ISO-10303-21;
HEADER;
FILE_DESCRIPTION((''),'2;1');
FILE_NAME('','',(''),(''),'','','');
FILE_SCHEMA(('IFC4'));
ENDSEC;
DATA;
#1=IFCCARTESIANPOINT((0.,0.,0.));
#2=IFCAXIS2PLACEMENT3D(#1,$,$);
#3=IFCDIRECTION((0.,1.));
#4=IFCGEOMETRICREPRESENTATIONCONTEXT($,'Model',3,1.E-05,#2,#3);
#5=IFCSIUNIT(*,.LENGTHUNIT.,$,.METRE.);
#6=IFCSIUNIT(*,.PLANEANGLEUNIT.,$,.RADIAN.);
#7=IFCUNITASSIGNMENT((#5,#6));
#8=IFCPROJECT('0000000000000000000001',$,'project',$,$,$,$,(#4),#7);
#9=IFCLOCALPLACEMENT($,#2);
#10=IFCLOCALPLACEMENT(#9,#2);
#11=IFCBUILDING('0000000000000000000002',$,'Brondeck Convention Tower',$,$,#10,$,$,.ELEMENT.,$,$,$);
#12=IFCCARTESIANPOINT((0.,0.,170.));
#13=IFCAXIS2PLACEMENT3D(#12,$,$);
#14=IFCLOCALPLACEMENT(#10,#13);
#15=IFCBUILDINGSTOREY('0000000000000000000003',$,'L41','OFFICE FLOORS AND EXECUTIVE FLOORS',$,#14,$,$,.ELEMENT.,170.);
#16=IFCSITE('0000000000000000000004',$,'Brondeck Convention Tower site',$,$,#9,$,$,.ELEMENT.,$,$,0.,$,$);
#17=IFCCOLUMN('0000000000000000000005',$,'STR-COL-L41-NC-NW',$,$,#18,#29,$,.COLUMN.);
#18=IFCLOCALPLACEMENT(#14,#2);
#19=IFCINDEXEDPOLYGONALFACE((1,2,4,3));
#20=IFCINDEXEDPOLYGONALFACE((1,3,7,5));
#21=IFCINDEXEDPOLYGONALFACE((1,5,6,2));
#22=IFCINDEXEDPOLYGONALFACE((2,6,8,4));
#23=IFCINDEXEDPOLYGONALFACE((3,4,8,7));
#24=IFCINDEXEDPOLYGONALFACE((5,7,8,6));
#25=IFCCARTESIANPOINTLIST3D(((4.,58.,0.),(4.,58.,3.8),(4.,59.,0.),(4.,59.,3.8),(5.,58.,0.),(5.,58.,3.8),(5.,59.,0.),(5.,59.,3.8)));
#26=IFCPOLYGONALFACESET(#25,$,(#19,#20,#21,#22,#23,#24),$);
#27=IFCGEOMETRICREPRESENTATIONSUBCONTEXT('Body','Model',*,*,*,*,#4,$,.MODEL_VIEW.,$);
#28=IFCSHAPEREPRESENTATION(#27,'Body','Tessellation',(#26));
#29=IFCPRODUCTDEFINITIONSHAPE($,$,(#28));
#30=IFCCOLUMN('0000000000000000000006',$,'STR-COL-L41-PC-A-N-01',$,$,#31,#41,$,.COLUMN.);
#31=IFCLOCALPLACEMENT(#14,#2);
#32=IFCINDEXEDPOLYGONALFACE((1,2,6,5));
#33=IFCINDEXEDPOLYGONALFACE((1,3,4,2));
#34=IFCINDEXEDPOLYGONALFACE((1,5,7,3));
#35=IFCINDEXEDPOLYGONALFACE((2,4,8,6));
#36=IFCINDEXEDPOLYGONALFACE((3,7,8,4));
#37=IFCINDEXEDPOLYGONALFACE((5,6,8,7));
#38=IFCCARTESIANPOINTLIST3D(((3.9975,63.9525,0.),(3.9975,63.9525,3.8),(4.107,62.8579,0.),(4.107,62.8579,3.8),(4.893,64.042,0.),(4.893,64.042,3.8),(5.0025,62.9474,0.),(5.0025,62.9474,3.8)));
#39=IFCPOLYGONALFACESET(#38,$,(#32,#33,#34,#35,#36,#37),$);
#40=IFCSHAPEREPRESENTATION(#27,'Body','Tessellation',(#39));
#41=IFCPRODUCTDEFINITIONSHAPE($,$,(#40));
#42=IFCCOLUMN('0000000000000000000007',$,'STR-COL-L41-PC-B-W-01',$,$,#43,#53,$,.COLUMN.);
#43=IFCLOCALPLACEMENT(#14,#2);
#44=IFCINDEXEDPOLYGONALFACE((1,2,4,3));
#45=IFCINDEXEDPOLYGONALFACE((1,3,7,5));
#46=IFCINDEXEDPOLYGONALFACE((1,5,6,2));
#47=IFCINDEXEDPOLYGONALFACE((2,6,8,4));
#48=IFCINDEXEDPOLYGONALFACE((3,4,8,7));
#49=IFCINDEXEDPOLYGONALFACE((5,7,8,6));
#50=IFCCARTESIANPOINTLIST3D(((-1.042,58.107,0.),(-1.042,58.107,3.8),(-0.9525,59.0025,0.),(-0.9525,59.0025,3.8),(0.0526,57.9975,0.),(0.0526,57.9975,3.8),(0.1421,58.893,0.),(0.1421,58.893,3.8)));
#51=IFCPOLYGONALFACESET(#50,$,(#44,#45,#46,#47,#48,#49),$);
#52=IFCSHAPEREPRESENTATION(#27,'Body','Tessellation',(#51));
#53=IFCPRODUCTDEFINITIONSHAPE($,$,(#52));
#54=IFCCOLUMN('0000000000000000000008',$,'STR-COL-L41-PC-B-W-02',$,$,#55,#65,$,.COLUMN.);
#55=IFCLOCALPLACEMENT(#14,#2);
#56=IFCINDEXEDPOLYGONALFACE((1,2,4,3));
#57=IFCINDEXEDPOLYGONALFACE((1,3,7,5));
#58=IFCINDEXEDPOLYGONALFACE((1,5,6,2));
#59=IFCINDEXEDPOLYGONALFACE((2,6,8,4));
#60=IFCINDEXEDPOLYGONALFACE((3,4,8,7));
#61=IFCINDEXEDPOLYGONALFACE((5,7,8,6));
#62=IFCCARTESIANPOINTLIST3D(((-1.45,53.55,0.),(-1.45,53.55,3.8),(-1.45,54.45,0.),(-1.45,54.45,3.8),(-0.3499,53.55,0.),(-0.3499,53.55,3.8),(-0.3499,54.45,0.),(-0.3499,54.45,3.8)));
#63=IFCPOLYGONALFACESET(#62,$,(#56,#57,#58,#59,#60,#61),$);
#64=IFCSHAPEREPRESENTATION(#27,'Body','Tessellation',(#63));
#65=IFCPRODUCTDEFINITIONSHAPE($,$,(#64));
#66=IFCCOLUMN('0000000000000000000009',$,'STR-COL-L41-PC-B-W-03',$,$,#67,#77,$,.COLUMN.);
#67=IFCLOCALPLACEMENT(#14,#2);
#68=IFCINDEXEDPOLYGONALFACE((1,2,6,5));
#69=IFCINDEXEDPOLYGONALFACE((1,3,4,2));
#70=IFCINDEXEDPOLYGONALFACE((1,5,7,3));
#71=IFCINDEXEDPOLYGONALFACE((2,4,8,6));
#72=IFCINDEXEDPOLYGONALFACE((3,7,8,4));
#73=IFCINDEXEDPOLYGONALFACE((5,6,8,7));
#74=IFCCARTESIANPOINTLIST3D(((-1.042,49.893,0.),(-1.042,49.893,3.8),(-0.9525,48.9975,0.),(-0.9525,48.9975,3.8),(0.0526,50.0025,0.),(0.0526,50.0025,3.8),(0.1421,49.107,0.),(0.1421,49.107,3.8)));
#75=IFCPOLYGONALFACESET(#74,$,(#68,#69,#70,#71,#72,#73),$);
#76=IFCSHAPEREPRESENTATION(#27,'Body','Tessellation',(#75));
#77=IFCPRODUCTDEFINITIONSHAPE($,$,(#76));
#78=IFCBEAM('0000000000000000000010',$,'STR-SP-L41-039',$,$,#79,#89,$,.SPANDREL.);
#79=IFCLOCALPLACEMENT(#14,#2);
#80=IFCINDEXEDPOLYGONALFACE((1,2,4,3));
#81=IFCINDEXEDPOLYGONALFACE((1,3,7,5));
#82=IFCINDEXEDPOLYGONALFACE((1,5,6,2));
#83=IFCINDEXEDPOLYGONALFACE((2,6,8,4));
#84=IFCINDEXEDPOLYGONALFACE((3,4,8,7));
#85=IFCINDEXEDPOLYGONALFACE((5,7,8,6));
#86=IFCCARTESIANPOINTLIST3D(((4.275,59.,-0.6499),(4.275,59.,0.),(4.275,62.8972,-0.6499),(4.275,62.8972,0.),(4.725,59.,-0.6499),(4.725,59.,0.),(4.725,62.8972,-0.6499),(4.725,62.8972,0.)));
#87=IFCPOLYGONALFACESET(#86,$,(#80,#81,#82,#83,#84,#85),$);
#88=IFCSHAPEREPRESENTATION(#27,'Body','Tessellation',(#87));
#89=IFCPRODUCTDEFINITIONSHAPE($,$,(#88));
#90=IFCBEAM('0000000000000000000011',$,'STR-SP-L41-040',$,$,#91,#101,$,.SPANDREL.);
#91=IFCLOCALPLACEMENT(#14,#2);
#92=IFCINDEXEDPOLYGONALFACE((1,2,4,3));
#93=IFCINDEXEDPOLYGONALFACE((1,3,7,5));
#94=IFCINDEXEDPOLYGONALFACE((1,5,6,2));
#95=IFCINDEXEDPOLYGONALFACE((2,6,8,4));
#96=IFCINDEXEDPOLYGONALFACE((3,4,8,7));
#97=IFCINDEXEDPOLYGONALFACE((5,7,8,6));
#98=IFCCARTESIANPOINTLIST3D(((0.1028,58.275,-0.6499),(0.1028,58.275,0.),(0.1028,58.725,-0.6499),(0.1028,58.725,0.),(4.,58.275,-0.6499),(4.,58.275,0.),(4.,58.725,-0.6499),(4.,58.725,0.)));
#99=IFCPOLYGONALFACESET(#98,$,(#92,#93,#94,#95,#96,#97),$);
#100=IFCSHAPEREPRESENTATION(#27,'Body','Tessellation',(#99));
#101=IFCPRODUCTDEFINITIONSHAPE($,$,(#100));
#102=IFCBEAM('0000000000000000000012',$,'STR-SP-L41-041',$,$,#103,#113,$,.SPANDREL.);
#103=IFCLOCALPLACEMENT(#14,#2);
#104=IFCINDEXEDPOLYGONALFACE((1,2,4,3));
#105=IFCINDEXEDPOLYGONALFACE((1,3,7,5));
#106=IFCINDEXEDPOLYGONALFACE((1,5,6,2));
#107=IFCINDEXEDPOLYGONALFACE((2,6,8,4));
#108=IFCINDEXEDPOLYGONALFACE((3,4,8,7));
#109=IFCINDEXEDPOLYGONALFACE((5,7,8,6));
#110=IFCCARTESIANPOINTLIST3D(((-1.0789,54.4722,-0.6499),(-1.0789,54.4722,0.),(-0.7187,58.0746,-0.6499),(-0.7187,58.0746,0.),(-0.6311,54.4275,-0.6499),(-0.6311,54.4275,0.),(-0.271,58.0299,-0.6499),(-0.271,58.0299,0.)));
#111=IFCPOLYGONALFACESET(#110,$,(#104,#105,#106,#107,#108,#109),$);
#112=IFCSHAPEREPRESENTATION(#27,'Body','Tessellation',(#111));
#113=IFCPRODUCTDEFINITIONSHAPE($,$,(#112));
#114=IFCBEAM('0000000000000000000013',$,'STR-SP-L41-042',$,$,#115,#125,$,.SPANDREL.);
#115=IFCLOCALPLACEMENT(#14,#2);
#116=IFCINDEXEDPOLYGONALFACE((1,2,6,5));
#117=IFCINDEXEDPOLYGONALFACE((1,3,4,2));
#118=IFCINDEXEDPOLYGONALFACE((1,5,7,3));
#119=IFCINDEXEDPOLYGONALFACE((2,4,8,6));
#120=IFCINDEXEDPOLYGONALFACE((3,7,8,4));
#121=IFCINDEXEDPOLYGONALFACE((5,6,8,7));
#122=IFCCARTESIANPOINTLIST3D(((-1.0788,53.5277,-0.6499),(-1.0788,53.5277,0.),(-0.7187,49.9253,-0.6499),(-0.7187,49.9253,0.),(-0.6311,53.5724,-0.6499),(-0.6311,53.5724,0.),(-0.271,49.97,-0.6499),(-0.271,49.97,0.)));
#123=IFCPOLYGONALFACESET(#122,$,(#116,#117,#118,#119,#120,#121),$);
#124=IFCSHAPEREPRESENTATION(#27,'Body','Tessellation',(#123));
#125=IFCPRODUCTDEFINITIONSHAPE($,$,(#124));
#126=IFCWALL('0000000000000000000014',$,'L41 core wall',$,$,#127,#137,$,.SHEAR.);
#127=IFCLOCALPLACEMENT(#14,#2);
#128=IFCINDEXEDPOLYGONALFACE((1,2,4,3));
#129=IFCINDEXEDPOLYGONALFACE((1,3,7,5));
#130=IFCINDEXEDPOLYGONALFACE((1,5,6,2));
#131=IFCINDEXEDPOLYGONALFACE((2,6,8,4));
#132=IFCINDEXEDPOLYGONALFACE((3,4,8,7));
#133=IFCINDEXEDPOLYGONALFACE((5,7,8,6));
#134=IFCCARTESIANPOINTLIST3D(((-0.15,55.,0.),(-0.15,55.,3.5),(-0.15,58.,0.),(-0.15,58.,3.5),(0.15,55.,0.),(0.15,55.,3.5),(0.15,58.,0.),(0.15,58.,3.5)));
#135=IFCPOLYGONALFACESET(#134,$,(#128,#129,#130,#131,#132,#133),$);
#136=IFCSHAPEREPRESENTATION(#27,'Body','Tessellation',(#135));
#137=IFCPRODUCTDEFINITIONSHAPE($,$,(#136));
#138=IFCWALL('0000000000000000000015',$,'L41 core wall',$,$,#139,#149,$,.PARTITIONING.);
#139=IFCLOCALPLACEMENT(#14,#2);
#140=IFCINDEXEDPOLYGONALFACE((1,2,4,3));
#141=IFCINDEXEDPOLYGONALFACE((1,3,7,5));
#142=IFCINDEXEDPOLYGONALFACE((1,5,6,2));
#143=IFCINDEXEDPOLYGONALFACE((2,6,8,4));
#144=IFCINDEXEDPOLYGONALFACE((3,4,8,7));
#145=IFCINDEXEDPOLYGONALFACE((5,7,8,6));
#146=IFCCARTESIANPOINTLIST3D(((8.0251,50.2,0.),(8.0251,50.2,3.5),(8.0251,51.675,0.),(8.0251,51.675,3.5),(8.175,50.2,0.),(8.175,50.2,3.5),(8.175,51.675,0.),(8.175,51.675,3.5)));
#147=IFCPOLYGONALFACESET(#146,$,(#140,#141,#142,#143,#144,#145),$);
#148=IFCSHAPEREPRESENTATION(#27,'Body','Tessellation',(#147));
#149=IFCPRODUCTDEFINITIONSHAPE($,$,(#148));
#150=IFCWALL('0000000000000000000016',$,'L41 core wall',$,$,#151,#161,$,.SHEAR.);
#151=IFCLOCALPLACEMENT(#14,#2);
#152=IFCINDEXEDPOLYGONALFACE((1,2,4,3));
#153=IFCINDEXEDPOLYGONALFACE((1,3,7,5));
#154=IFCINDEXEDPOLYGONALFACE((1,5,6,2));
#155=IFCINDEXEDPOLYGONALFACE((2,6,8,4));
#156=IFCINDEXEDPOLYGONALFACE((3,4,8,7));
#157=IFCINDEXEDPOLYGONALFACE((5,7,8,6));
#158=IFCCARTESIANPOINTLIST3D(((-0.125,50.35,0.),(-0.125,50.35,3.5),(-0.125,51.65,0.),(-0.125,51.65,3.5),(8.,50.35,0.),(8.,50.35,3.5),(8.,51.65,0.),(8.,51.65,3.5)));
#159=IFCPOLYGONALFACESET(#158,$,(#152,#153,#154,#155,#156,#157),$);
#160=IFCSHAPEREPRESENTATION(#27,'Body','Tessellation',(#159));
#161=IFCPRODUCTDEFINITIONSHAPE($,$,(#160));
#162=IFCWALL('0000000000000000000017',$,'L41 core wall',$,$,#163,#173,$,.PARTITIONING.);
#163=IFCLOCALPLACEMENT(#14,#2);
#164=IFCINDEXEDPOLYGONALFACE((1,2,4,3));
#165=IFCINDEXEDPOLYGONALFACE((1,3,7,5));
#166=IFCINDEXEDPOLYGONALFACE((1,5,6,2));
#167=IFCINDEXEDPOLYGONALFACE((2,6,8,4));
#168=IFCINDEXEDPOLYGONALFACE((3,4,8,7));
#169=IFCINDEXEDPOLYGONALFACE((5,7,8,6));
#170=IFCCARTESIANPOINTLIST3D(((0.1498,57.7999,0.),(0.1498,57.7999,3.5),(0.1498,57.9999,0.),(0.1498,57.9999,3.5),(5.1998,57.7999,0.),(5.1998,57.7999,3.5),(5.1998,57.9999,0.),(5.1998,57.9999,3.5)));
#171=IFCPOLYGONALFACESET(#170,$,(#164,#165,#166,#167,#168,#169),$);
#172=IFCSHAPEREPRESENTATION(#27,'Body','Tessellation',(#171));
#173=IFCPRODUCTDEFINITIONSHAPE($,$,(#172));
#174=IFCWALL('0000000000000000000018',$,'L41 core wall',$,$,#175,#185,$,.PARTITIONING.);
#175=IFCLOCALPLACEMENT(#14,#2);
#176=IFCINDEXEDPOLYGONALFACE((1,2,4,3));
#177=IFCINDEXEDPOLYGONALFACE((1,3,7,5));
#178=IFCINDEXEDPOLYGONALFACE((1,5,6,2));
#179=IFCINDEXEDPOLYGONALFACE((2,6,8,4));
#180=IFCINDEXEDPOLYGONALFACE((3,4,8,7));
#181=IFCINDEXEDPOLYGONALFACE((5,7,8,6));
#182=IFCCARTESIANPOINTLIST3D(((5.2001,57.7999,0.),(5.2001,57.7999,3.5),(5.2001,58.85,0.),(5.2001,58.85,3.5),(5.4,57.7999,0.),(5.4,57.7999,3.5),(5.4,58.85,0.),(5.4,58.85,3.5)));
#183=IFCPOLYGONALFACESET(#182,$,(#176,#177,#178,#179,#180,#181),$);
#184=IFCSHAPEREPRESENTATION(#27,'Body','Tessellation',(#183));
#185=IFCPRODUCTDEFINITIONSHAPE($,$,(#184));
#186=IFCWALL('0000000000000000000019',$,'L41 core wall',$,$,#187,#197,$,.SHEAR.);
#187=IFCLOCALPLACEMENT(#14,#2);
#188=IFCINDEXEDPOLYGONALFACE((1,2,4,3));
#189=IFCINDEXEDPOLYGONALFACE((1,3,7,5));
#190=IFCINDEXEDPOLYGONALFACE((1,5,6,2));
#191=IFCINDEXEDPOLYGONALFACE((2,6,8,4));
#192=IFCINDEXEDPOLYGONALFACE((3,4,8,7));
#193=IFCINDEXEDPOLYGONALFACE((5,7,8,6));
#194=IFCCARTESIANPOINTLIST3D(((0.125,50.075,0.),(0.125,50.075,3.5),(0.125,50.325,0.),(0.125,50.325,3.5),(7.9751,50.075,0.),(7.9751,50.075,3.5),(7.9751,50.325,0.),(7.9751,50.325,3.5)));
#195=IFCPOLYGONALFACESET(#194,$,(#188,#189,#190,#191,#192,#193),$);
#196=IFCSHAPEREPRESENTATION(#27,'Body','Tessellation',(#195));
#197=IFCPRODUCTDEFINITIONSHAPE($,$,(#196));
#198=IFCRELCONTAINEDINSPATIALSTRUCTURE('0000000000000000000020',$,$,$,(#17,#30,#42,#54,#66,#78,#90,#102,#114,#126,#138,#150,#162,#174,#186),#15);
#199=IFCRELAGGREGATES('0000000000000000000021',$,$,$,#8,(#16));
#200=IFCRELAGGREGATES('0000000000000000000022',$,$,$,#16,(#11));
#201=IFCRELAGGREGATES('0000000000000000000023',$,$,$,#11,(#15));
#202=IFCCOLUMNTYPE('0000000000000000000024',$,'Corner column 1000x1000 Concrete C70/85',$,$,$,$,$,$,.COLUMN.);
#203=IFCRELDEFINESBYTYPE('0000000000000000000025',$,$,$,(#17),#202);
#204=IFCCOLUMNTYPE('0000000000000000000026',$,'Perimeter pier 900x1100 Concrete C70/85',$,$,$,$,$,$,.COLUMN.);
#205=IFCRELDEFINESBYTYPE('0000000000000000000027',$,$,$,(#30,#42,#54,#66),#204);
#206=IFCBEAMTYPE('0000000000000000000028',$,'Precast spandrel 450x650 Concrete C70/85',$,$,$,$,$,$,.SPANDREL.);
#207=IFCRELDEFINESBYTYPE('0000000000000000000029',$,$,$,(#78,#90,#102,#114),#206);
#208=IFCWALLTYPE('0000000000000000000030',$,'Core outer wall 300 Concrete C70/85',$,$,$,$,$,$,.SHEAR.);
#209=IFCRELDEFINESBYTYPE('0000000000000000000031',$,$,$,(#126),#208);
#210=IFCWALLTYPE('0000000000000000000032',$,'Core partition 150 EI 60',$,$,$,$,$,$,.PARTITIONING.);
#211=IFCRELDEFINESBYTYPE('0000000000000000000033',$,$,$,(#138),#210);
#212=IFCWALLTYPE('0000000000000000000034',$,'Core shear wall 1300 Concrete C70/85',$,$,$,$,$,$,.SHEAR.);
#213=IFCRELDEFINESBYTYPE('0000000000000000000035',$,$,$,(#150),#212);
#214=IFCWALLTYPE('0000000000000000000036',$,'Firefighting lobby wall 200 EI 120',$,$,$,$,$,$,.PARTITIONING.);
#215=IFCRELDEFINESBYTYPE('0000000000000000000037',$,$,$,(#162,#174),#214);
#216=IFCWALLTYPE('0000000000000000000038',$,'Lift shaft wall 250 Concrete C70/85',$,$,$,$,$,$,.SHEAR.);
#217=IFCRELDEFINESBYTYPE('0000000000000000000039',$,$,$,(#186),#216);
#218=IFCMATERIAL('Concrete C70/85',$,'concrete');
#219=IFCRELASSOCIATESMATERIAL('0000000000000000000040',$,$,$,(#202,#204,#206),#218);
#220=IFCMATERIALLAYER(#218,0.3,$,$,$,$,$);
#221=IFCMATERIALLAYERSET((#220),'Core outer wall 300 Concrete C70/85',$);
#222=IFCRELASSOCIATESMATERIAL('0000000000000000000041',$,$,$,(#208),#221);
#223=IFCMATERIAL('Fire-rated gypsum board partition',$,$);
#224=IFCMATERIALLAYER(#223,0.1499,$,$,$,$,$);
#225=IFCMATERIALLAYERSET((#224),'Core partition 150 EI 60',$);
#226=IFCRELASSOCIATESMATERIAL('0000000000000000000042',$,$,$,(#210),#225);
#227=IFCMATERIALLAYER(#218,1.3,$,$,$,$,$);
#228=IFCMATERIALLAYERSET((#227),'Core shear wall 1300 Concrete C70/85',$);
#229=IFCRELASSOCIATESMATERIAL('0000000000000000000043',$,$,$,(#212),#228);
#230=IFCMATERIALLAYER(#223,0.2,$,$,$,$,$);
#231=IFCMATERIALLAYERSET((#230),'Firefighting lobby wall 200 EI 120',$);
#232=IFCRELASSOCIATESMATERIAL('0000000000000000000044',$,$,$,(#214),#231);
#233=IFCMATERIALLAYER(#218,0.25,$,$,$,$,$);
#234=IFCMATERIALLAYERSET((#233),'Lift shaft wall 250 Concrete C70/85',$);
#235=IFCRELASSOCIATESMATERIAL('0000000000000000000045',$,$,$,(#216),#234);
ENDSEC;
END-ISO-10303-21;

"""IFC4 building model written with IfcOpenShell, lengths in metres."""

from ifc_helpers import new_model, si_unit, direction, frame, frame_2d, origin, origin_2d, place, context, subcontext, project, spatial, rectangle, extrude, material, layer, layer_set, material_profile, profile_set, type_object, element, save


model = new_model("IFC4")

# Units and contexts
model_context = context("Model", 3, precision=1e-05, world=origin(), true_north=direction((0.0, 1.0)))
body_context = subcontext(model_context, "Body", "Model", "MODEL_VIEW")
ifc_project = project(units=[si_unit("LENGTHUNIT", "METRE"), si_unit("PLANEANGLEUNIT", "RADIAN")], contexts=[model_context])

# Site, building, storey
site_placement = place(None, origin())
site = spatial("IfcSite", under=ifc_project, at=site_placement, Name="Brondeck Convention Tower site", CompositionType="ELEMENT", RefElevation=0.0)
building_placement = place(site_placement, origin())
building = spatial("IfcBuilding", under=site, at=building_placement, Name="Brondeck Convention Tower", CompositionType="ELEMENT")
storey_placement = place(building_placement, frame((0.0, 0.0, 170.0)))
storey = spatial("IfcBuildingStorey", under=building, at=storey_placement, Name="L41", Description="OFFICE FLOORS AND EXECUTIVE FLOORS", CompositionType="ELEMENT", Elevation=170.0)

# Columns
ifc_material_1 = material(Name="Concrete C70/85", Category="concrete")
ifc_material_profile_1 = material_profile(ifc_material_1, rectangle(XDim=1.0, YDim=1.0, at=origin_2d()), Name="Corner column 1000x1000 Concrete C70/85")
ifc_profile_set_1 = profile_set([ifc_material_profile_1], Name="Concrete C70/85")
column_type_1 = type_object("IfcColumnType", Name="Corner column 1000x1000 Concrete C70/85", PredefinedType="COLUMN", material=ifc_profile_set_1)
column_placement = place(storey_placement, frame((4.5, 58.5, 0.0), z_axis=(0.0, 0.0, 1.0), x_axis=(1.0, 0.0, 0.0)))
element("IfcColumn", 1, at=column_placement, inside=storey, type_object=column_type_1, Name="STR-COL-L41-NC-NW", PredefinedType="COLUMN", context=body_context, shape_type="SweptSolid", body=[
    extrude(rectangle(XDim=1.0, YDim=1.0, at=origin_2d()), origin(), (0.0, 0.0, 1.0), 3.8),
])
ifc_material_profile_2 = material_profile(ifc_material_1, rectangle(XDim=0.8999, YDim=1.1001, at=origin_2d()), Name="Perimeter pier 900x1100 Concrete C70/85")
ifc_profile_set_2 = profile_set([ifc_material_profile_2], Name="Concrete C70/85")
column_type_2 = type_object("IfcColumnType", Name="Perimeter pier 900x1100 Concrete C70/85", PredefinedType="COLUMN", material=ifc_profile_set_2)
for number, where, z_axis, x_axis, name in (
    (2, (4.5, 63.45, 0.0), (0.0, 0.0, 1.0), (-0.995037, -0.099504, 0.0), "STR-COL-L41-PC-A-N-01"),
    (3, (-0.45, 58.5, 0.0), (0.0, 0.0, 1.0), (-0.099504, -0.995037, 0.0), "STR-COL-L41-PC-B-W-01"),
    (4, (-0.8999, 54.0, 0.0), (0.0, 0.0, 1.0), (0.0, -1.0, 0.0), "STR-COL-L41-PC-B-W-02"),
    (5, (-0.45, 49.5, 0.0), (0.0, 0.0, 1.0), (0.099504, -0.995037, 0.0), "STR-COL-L41-PC-B-W-03"),
):
    element("IfcColumn", number, at=place(storey_placement, frame(where, z_axis=z_axis, x_axis=x_axis)), inside=storey, type_object=column_type_2, Name=name, PredefinedType="COLUMN", context=body_context, shape_type="SweptSolid", body=[
        extrude(rectangle(XDim=0.8999, YDim=1.1001, at=origin_2d()), origin(), (0.0, 0.0, 1.0), 3.8),
    ])

# Beams
ifc_material_profile_3 = material_profile(ifc_material_1, rectangle(XDim=0.45, YDim=0.6499, at=origin_2d()), Name="Precast spandrel 450x650 Concrete C70/85")
ifc_profile_set_3 = profile_set([ifc_material_profile_3], Name="Concrete C70/85")
beam_type = type_object("IfcBeamType", Name="Precast spandrel 450x650 Concrete C70/85", PredefinedType="SPANDREL", material=ifc_profile_set_3)
for number, where, z_axis, x_axis, name in (
    (6, (4.5, 62.8972, -0.325), (0.0, -1.0, 0.0), (1.0, 0.0, 0.0), "STR-SP-L41-039"),
    (7, (4.0, 58.5, -0.325), (-1.0, 0.0, 0.0), (0.0, -1.0, 0.0), "STR-SP-L41-040"),
):
    element("IfcBeam", number, at=place(storey_placement, frame(where, z_axis=z_axis, x_axis=x_axis)), inside=storey, type_object=beam_type, Name=name, PredefinedType="SPANDREL", context=body_context, shape_type="SweptSolid", body=[
        extrude(rectangle(XDim=0.45, YDim=0.6499, at=origin_2d()), origin(), (0.0, 0.0, 1.0), 3.8972),
    ])
for number, where, z_axis, x_axis, name in (
    (8, (-0.4949, 58.0522, -0.325), (-0.09947, -0.995041, 0.0), (0.995041, -0.09947, 0.0), "STR-SP-L41-041"),
    (9, (-0.855, 53.55, -0.325), (0.09947, -0.995041, 0.0), (0.995041, 0.09947, 0.0), "STR-SP-L41-042"),
):
    element("IfcBeam", number, at=place(storey_placement, frame(where, z_axis=z_axis, x_axis=x_axis)), inside=storey, type_object=beam_type, Name=name, PredefinedType="SPANDREL", context=body_context, shape_type="SweptSolid", body=[
        extrude(rectangle(XDim=0.45, YDim=0.6499, at=origin_2d()), origin(), (0.0, 0.0, 1.0), 3.6204),
    ])

# Walls
ifc_layer_1 = layer(ifc_material_1, 0.3)
ifc_layer_set_1 = layer_set([ifc_layer_1], Name="Core outer wall 300 Concrete C70/85")
wall_type_1 = type_object("IfcWallType", Name="Core outer wall 300 Concrete C70/85", PredefinedType="SHEAR", material=ifc_layer_set_1)
wall_1_placement = place(storey_placement, frame((0.0, 55.0, 0.0), z_axis=(0.0, 0.0, 1.0), x_axis=(0.0, 1.0, 0.0)))
element("IfcWall", 10, at=wall_1_placement, inside=storey, type_object=wall_type_1, Name="L41 core wall", PredefinedType="SHEAR", context=body_context, shape_type="SweptSolid", body=[
    extrude(rectangle(XDim=3.0, YDim=0.3, at=frame_2d((1.5, 0.0))), origin(), (0.0, 0.0, 1.0), 3.5),
])
ifc_material_2 = material(Name="Fire-rated gypsum board partition")
ifc_layer_2 = layer(ifc_material_2, 0.1499)
ifc_layer_set_2 = layer_set([ifc_layer_2], Name="Core partition 150 EI 60")
wall_type_2 = type_object("IfcWallType", Name="Core partition 150 EI 60", PredefinedType="PARTITIONING", material=ifc_layer_set_2)
wall_2_placement = place(storey_placement, frame((8.1001, 50.2, 0.0), z_axis=(0.0, 0.0, 1.0), x_axis=(0.0, 1.0, 0.0)))
element("IfcWall", 11, at=wall_2_placement, inside=storey, type_object=wall_type_2, Name="L41 core wall", PredefinedType="PARTITIONING", context=body_context, shape_type="SweptSolid", body=[
    extrude(rectangle(XDim=1.4751, YDim=0.1499, at=frame_2d((0.7375, 0.0))), origin(), (0.0, 0.0, 1.0), 3.5),
])
ifc_layer_3 = layer(ifc_material_1, 1.3)
ifc_layer_set_3 = layer_set([ifc_layer_3], Name="Core shear wall 1300 Concrete C70/85")
wall_type_3 = type_object("IfcWallType", Name="Core shear wall 1300 Concrete C70/85", PredefinedType="SHEAR", material=ifc_layer_set_3)
wall_3_placement = place(storey_placement, frame((-0.125, 51.0, 0.0), z_axis=(0.0, 0.0, 1.0), x_axis=(1.0, 0.0, 0.0)))
element("IfcWall", 12, at=wall_3_placement, inside=storey, type_object=wall_type_3, Name="L41 core wall", PredefinedType="SHEAR", context=body_context, shape_type="SweptSolid", body=[
    extrude(rectangle(XDim=8.125, YDim=1.3, at=frame_2d((4.0625, 0.0))), origin(), (0.0, 0.0, 1.0), 3.5),
])
ifc_layer_4 = layer(ifc_material_2, 0.2)
ifc_layer_set_4 = layer_set([ifc_layer_4], Name="Firefighting lobby wall 200 EI 120")
wall_type_4 = type_object("IfcWallType", Name="Firefighting lobby wall 200 EI 120", PredefinedType="PARTITIONING", material=ifc_layer_set_4)
wall_4_placement = place(storey_placement, frame((0.1499, 57.8999, 0.0), z_axis=(0.0, 0.0, 1.0), x_axis=(1.0, 0.0, 0.0)))
element("IfcWall", 13, at=wall_4_placement, inside=storey, type_object=wall_type_4, Name="L41 core wall", PredefinedType="PARTITIONING", context=body_context, shape_type="SweptSolid", body=[
    extrude(rectangle(XDim=5.05, YDim=0.2, at=frame_2d((2.5249, 0.0))), origin(), (0.0, 0.0, 1.0), 3.5),
])
wall_5_placement = place(storey_placement, frame((5.3, 57.8, 0.0), z_axis=(0.0, 0.0, 1.0), x_axis=(0.0, 1.0, 0.0)))
element("IfcWall", 14, at=wall_5_placement, inside=storey, type_object=wall_type_4, Name="L41 core wall", PredefinedType="PARTITIONING", context=body_context, shape_type="SweptSolid", body=[
    extrude(rectangle(XDim=1.05, YDim=0.2, at=frame_2d((0.5249, 0.0))), origin(), (0.0, 0.0, 1.0), 3.5),
])
ifc_layer_5 = layer(ifc_material_1, 0.25)
ifc_layer_set_5 = layer_set([ifc_layer_5], Name="Lift shaft wall 250 Concrete C70/85")
wall_type_5 = type_object("IfcWallType", Name="Lift shaft wall 250 Concrete C70/85", PredefinedType="SHEAR", material=ifc_layer_set_5)
for number, where, z_axis, x_axis, name in (
    (15, (0.125, 50.2, 0.0), (0.0, 0.0, 1.0), (1.0, 0.0, 0.0), "L41 core wall"),
):
    element("IfcWall", number, at=place(storey_placement, frame(where, z_axis=z_axis, x_axis=x_axis)), inside=storey, type_object=wall_type_5, Name=name, PredefinedType="SHEAR", context=body_context, shape_type="SweptSolid", body=[
        extrude(rectangle(XDim=7.8501, YDim=0.25, at=frame_2d((3.925, 0.0))), origin(), (0.0, 0.0, 1.0), 3.5),
    ])

save(model, "model.ifc")
